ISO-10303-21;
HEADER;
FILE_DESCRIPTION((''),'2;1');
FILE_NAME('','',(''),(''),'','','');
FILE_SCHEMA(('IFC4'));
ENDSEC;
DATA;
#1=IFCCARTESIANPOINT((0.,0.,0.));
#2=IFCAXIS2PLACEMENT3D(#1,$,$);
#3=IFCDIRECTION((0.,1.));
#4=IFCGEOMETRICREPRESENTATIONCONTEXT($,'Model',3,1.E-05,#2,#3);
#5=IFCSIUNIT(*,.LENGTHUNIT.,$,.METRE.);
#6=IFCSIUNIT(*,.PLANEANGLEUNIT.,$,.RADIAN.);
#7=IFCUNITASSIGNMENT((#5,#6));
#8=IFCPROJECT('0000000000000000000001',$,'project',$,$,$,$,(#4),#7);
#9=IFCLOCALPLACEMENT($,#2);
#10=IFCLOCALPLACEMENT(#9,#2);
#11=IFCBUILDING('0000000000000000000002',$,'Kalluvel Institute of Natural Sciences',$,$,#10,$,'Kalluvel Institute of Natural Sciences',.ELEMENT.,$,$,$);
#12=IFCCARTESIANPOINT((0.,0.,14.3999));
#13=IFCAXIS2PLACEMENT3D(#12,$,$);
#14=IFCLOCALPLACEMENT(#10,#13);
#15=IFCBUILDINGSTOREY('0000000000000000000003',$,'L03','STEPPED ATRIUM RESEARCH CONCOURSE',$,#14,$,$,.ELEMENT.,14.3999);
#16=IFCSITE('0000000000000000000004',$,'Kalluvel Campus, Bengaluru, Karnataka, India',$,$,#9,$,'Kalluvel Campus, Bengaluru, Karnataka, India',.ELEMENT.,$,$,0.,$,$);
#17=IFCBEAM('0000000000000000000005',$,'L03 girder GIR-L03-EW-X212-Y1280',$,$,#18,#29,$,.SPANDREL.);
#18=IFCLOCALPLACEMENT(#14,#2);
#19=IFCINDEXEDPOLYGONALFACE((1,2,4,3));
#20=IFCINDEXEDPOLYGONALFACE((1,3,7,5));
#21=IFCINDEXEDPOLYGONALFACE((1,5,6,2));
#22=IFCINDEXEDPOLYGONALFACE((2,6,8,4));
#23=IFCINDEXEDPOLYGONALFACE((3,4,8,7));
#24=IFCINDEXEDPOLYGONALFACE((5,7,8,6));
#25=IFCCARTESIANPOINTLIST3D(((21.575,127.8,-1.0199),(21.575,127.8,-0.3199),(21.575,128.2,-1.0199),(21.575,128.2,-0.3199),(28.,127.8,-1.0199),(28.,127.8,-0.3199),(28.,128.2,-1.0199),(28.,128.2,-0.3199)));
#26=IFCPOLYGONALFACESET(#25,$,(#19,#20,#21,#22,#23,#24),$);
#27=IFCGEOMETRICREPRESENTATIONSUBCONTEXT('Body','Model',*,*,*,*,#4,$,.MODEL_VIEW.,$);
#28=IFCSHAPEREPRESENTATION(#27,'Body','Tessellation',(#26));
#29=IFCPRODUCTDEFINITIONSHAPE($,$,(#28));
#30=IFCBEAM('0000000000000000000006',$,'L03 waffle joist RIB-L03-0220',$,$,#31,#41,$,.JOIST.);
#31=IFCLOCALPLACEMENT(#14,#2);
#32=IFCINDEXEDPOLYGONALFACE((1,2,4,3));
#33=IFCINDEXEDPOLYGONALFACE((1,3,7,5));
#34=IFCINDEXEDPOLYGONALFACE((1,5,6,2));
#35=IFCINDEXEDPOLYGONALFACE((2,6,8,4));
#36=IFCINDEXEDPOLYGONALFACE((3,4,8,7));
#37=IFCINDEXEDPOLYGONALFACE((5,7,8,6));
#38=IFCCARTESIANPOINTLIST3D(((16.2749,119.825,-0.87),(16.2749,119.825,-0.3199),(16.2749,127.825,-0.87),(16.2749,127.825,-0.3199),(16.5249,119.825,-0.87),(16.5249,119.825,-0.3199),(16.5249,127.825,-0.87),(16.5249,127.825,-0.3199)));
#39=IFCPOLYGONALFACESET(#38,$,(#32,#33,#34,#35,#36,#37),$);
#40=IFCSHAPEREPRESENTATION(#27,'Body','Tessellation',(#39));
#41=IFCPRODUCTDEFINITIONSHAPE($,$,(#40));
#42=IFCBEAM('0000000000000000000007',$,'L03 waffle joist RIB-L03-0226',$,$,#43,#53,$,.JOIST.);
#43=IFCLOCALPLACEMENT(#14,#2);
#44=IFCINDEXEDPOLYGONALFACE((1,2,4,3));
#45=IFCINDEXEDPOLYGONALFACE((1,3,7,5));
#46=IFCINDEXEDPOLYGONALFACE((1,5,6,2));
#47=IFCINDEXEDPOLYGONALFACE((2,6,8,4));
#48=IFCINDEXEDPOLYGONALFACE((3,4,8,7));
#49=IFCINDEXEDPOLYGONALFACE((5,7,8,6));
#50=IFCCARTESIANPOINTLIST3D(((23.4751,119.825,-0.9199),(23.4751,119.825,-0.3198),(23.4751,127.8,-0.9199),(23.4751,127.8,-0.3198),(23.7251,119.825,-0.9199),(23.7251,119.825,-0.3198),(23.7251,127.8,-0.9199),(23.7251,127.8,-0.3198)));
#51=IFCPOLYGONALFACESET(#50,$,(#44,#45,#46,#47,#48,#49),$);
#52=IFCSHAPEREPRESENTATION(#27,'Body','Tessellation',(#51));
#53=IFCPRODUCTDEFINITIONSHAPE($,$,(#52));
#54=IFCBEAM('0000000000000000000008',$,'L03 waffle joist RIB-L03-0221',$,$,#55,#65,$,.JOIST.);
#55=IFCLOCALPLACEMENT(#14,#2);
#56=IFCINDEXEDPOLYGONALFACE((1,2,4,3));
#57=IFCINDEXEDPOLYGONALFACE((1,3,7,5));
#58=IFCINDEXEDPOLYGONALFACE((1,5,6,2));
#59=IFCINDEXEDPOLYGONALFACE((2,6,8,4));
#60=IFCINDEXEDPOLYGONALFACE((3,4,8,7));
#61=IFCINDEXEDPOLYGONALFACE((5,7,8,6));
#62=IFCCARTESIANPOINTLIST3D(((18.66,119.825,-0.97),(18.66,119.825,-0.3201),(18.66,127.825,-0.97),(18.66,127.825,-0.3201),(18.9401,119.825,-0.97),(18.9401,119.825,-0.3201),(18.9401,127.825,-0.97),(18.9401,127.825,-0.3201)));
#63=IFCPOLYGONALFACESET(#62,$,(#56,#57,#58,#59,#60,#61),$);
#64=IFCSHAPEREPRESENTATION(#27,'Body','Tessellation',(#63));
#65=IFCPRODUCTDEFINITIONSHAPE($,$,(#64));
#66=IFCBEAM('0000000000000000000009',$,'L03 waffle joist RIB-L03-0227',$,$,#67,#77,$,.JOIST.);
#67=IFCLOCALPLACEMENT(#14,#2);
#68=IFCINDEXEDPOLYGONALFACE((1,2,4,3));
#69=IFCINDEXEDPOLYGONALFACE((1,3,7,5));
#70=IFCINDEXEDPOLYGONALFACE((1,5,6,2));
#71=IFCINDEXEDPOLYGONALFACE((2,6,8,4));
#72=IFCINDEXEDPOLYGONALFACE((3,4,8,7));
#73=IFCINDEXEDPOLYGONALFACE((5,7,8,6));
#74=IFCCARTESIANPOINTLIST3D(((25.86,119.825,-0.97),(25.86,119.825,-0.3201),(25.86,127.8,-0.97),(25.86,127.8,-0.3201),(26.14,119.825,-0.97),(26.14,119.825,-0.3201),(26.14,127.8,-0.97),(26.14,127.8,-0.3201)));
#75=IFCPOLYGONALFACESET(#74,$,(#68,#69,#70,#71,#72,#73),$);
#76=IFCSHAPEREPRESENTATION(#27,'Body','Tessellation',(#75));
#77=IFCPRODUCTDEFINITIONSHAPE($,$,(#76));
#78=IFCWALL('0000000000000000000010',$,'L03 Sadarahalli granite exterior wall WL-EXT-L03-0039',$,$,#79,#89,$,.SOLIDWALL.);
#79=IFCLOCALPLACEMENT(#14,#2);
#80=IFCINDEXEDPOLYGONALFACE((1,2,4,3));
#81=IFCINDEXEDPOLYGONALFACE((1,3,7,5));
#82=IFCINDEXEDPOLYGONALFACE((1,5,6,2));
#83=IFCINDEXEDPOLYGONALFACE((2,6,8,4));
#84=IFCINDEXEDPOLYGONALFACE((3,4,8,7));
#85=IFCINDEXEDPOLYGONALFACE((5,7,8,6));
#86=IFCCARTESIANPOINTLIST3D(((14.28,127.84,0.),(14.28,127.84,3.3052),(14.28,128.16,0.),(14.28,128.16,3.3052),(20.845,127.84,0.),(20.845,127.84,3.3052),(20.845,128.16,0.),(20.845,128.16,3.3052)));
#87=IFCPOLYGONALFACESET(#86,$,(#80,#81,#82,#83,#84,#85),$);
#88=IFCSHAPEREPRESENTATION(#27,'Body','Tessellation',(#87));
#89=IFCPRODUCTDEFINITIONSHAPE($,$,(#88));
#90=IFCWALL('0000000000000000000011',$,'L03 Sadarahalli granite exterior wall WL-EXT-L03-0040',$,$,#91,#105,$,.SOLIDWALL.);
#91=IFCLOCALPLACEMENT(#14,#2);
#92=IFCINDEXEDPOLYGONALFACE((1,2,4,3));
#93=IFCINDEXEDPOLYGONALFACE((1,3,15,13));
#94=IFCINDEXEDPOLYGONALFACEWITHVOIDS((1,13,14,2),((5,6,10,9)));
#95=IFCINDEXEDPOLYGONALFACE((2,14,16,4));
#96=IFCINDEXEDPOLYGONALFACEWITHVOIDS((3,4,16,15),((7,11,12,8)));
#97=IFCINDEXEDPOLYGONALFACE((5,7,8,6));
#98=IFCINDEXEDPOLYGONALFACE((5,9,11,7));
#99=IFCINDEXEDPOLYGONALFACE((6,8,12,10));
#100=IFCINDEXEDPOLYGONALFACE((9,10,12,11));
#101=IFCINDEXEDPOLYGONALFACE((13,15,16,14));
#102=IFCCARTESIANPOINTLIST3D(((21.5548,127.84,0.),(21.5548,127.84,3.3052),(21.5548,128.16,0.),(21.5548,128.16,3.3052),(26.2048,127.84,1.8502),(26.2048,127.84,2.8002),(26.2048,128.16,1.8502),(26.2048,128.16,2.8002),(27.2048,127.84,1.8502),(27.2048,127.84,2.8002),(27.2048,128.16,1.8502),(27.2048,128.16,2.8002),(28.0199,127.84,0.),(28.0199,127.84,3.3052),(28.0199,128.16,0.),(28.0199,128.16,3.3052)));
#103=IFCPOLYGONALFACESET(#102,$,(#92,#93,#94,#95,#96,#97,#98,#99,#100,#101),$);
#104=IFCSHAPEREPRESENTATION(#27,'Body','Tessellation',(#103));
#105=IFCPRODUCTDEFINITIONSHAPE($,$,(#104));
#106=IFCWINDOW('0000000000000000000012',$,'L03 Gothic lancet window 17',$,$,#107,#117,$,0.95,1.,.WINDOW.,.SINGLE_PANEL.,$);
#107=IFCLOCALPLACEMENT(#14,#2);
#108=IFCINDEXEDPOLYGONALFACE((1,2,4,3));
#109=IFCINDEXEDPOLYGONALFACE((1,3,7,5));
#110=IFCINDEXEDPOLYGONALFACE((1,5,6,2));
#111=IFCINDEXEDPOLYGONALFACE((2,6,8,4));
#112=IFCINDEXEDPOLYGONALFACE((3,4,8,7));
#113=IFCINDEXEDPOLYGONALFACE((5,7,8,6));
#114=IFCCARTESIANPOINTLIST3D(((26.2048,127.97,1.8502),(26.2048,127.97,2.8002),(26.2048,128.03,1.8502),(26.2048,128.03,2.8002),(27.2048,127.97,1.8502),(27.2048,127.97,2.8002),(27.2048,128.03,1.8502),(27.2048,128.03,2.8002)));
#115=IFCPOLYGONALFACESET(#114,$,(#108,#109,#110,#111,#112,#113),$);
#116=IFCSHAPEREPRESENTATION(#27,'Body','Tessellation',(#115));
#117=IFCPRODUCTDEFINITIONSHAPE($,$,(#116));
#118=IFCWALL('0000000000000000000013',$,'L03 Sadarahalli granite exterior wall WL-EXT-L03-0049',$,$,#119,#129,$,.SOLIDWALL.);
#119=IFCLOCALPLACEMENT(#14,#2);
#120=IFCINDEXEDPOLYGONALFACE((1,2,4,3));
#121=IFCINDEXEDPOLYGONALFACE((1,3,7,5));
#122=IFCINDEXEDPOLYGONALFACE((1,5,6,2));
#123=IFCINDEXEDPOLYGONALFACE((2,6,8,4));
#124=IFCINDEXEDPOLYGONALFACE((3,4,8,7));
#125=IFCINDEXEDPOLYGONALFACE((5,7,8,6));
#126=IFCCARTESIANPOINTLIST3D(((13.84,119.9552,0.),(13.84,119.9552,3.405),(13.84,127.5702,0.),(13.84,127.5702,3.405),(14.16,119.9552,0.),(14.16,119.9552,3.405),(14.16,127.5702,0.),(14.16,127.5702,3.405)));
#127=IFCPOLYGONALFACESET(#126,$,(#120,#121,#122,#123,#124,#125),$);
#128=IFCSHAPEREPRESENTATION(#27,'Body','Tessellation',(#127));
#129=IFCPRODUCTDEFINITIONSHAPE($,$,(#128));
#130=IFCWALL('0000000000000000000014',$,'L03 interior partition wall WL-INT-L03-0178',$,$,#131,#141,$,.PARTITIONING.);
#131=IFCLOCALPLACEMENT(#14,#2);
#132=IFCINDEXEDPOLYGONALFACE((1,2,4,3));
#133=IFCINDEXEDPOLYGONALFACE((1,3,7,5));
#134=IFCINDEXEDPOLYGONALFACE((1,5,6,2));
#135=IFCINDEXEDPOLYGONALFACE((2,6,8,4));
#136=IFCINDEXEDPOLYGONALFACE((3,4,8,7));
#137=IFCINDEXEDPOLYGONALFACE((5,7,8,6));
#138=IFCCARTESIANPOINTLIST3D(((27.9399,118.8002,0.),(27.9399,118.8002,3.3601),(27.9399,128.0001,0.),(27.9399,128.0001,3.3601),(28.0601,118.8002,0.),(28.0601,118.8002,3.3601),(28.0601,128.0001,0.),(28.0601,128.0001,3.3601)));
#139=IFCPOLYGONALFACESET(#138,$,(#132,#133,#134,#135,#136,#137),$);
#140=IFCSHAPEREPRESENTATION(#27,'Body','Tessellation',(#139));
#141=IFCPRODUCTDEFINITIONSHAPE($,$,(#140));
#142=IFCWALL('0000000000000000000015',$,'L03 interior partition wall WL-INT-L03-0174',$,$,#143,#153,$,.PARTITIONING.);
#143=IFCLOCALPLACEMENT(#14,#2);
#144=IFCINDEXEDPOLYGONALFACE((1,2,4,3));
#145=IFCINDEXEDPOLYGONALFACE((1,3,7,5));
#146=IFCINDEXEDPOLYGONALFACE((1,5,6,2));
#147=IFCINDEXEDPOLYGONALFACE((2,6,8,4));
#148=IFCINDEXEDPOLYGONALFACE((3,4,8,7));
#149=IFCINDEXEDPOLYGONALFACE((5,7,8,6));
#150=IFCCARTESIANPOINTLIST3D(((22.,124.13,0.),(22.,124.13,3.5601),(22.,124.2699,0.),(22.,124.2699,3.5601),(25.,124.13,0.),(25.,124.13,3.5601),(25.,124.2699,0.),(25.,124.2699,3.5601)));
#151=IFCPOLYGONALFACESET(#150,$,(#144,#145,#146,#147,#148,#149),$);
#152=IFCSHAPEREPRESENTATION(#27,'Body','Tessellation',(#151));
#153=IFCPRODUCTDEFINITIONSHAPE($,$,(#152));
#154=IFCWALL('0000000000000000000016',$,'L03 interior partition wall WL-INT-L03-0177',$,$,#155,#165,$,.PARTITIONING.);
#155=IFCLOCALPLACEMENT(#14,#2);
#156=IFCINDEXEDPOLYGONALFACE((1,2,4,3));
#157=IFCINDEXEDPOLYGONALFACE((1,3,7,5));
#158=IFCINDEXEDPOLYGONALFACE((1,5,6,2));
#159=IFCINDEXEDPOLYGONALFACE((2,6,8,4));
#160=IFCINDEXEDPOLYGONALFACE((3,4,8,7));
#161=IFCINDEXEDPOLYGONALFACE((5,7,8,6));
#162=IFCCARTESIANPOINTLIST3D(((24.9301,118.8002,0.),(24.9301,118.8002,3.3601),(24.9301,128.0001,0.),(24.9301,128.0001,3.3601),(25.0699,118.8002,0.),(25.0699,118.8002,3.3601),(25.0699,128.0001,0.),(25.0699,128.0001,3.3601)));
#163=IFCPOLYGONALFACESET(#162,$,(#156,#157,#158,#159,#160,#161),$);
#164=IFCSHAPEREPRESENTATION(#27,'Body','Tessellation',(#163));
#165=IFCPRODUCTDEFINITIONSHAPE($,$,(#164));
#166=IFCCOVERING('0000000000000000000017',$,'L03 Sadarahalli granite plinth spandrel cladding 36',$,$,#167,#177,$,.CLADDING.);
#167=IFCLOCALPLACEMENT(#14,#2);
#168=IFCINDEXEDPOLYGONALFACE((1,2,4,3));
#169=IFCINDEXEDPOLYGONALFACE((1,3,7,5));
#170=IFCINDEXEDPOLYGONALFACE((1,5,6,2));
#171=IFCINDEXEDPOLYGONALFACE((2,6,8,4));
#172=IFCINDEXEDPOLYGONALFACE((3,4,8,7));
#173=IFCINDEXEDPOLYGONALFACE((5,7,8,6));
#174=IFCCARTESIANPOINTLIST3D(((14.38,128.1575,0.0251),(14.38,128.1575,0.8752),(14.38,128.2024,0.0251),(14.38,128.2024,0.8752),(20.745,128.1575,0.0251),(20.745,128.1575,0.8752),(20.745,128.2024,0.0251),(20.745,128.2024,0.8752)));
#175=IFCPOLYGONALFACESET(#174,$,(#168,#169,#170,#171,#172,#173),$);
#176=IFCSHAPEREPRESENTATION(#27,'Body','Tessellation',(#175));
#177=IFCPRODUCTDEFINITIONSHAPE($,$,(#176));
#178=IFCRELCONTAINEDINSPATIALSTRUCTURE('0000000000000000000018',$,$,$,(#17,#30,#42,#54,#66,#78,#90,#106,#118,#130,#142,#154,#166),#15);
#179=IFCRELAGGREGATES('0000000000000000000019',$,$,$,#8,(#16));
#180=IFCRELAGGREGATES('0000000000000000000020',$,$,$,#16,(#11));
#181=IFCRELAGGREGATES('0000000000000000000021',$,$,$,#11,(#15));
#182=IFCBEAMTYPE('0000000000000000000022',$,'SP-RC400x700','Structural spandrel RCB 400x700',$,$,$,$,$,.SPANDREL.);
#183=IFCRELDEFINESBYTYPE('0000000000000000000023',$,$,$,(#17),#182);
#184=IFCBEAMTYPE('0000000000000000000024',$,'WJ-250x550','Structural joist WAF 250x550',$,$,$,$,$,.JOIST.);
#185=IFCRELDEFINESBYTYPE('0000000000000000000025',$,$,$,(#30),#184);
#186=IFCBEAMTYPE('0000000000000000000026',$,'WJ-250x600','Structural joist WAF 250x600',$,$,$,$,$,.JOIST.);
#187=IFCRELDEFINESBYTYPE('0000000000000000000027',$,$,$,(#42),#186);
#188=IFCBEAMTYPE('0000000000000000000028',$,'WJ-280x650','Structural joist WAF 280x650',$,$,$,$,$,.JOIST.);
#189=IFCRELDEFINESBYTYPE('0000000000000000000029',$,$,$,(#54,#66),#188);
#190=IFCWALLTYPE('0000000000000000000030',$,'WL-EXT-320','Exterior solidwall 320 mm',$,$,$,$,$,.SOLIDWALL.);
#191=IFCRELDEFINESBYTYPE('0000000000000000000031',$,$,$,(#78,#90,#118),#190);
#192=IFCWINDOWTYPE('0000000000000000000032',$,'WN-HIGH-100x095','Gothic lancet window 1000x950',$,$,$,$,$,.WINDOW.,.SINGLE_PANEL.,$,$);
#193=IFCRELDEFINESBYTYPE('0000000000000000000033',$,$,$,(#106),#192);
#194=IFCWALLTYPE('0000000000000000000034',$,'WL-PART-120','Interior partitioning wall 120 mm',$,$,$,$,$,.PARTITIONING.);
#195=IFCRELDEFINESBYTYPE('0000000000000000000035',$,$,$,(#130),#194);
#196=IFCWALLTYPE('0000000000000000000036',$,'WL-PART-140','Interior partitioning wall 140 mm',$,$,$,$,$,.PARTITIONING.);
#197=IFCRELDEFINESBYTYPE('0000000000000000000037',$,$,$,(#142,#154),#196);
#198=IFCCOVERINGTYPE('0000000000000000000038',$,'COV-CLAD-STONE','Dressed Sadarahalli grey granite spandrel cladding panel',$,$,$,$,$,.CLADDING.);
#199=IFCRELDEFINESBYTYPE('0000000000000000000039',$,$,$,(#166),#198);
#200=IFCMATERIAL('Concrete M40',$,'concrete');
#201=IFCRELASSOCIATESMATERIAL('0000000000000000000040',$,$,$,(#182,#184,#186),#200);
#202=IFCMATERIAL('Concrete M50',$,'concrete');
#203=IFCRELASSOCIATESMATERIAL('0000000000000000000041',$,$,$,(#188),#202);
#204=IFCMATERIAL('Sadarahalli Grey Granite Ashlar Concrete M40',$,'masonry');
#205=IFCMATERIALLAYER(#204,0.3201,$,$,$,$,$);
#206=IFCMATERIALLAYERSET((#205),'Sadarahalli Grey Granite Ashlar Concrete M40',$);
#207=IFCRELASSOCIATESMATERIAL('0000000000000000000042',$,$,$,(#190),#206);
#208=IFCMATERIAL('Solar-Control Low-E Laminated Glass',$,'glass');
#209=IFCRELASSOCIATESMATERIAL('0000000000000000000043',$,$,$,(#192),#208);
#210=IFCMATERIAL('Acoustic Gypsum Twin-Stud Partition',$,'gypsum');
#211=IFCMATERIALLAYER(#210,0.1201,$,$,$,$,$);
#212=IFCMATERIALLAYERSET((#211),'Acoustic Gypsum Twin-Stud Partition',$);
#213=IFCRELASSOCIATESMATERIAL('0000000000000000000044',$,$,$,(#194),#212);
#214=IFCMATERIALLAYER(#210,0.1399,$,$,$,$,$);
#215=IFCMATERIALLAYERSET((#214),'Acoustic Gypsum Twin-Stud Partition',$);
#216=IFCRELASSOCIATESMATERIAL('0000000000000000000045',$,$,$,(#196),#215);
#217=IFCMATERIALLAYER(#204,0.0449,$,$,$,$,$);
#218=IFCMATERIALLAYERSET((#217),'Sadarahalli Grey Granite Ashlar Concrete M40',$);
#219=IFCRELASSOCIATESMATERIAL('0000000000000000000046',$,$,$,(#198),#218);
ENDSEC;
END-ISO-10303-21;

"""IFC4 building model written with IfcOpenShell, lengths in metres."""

from ifc_helpers import new_model, si_unit, direction, frame, frame_2d, origin, origin_2d, place, context, subcontext, project, spatial, rectangle, extrude, material, layer, layer_set, material_profile, profile_set, type_object, element, fill, save


model = new_model("IFC4")

# Units and contexts
model_context = context("Model", 3, precision=1e-05, world=origin(), true_north=direction((0.0, 1.0)))
body_context = subcontext(model_context, "Body", "Model", "MODEL_VIEW")
ifc_project = project(units=[si_unit("LENGTHUNIT", "METRE"), si_unit("PLANEANGLEUNIT", "RADIAN")], contexts=[model_context])

# Site, building, storey
site_placement = place(None, origin())
site = spatial("IfcSite", under=ifc_project, at=site_placement, Name="Kalluvel Campus, Bengaluru, Karnataka, India", LongName="Kalluvel Campus, Bengaluru, Karnataka, India", CompositionType="ELEMENT", RefElevation=0.0)
building_placement = place(site_placement, origin())
building = spatial("IfcBuilding", under=site, at=building_placement, Name="Kalluvel Institute of Natural Sciences", LongName="Kalluvel Institute of Natural Sciences", CompositionType="ELEMENT")
storey_placement = place(building_placement, frame((0.0, 0.0, 14.3999)))
storey = spatial("IfcBuildingStorey", under=building, at=storey_placement, Name="L03", Description="STEPPED ATRIUM RESEARCH CONCOURSE", CompositionType="ELEMENT", Elevation=14.3999)

# Shared definitions
ifc_material_1 = material(Name="Concrete M50", Category="concrete")

# Beams
ifc_material_2 = material(Name="Concrete M40", Category="concrete")
ifc_material_profile_1 = material_profile(ifc_material_2, rectangle(XDim=0.3999, YDim=0.7, at=origin_2d()), Name="RCB 400x700")
ifc_profile_set_1 = profile_set([ifc_material_profile_1], Name="Concrete M40")
beam_type_1 = type_object("IfcBeamType", Name="SP-RC400x700", Description="Structural spandrel RCB 400x700", PredefinedType="SPANDREL", material=ifc_profile_set_1)
beam_1_placement = place(storey_placement, frame((21.575, 128.0, -0.6699), z_axis=(1.0, 0.0, 0.0), x_axis=(0.0, 1.0, 0.0)))
element("IfcBeam", 1, at=beam_1_placement, inside=storey, type_object=beam_type_1, Name="L03 girder GIR-L03-EW-X212-Y1280", PredefinedType="SPANDREL", context=body_context, shape_type="SweptSolid", body=[
    extrude(rectangle(XDim=0.3999, YDim=0.7, at=origin_2d()), origin(), (0.0, 0.0, 1.0), 6.425),
])
ifc_material_profile_2 = material_profile(ifc_material_2, rectangle(XDim=0.25, YDim=0.55, at=origin_2d()), Name="WAF 250x550")
ifc_profile_set_2 = profile_set([ifc_material_profile_2], Name="Concrete M40")
beam_type_2 = type_object("IfcBeamType", Name="WJ-250x550", Description="Structural joist WAF 250x550", PredefinedType="JOIST", material=ifc_profile_set_2)
beam_2_placement = place(storey_placement, frame((16.3999, 119.825, -0.595), z_axis=(0.0, 1.0, 0.0), x_axis=(-1.0, 0.0, 0.0)))
element("IfcBeam", 2, at=beam_2_placement, inside=storey, type_object=beam_type_2, Name="L03 waffle joist RIB-L03-0220", PredefinedType="JOIST", context=body_context, shape_type="SweptSolid", body=[
    extrude(rectangle(XDim=0.25, YDim=0.55, at=origin_2d()), origin(), (0.0, 0.0, 1.0), 8.0),
])
ifc_material_profile_3 = material_profile(ifc_material_2, rectangle(XDim=0.25, YDim=0.6001, at=origin_2d()), Name="WAF 250x600")
ifc_profile_set_3 = profile_set([ifc_material_profile_3], Name="Concrete M40")
beam_type_3 = type_object("IfcBeamType", Name="WJ-250x600", Description="Structural joist WAF 250x600", PredefinedType="JOIST", material=ifc_profile_set_3)
beam_3_placement = place(storey_placement, frame((23.6001, 119.825, -0.6199), z_axis=(0.0, 1.0, 0.0), x_axis=(-1.0, 0.0, 0.0)))
element("IfcBeam", 3, at=beam_3_placement, inside=storey, type_object=beam_type_3, Name="L03 waffle joist RIB-L03-0226", PredefinedType="JOIST", context=body_context, shape_type="SweptSolid", body=[
    extrude(rectangle(XDim=0.25, YDim=0.6001, at=origin_2d()), origin(), (0.0, 0.0, 1.0), 7.9751),
])
ifc_material_profile_4 = material_profile(ifc_material_1, rectangle(XDim=0.28, YDim=0.6499, at=origin_2d()), Name="WAF 280x650")
ifc_profile_set_4 = profile_set([ifc_material_profile_4], Name="Concrete M50")
beam_type_4 = type_object("IfcBeamType", Name="WJ-280x650", Description="Structural joist WAF 280x650", PredefinedType="JOIST", material=ifc_profile_set_4)
beam_4_placement = place(storey_placement, frame((18.8, 119.825, -0.645), z_axis=(0.0, 1.0, 0.0), x_axis=(-1.0, 0.0, 0.0)))
element("IfcBeam", 4, at=beam_4_placement, inside=storey, type_object=beam_type_4, Name="L03 waffle joist RIB-L03-0221", PredefinedType="JOIST", context=body_context, shape_type="SweptSolid", body=[
    extrude(rectangle(XDim=0.28, YDim=0.6499, at=origin_2d()), origin(), (0.0, 0.0, 1.0), 8.0),
])
beam_5_placement = place(storey_placement, frame((26.0, 119.825, -0.645), z_axis=(0.0, 1.0, 0.0), x_axis=(-1.0, 0.0, 0.0)))
element("IfcBeam", 5, at=beam_5_placement, inside=storey, type_object=beam_type_4, Name="L03 waffle joist RIB-L03-0227", PredefinedType="JOIST", context=body_context, shape_type="SweptSolid", body=[
    extrude(rectangle(XDim=0.28, YDim=0.6499, at=origin_2d()), origin(), (0.0, 0.0, 1.0), 7.9751),
])

# Wall
ifc_material_3 = material(Name="Sadarahalli Grey Granite Ashlar Concrete M40", Category="masonry")
ifc_layer_1 = layer(ifc_material_3, 0.3201)
ifc_layer_set_1 = layer_set([ifc_layer_1], Name="Sadarahalli Grey Granite Ashlar Concrete M40")
wall_type_1 = type_object("IfcWallType", Name="WL-EXT-320", Description="Exterior solidwall 320 mm", PredefinedType="SOLIDWALL", material=ifc_layer_set_1)
wall_1_placement = place(storey_placement, frame((14.28, 128.0, 0.0), z_axis=(0.0, 0.0, 1.0), x_axis=(1.0, 0.0, 0.0)))
element("IfcWall", 6, at=wall_1_placement, inside=storey, type_object=wall_type_1, Name="L03 Sadarahalli granite exterior wall WL-EXT-L03-0039", PredefinedType="SOLIDWALL", context=body_context, shape_type="SweptSolid", body=[
    extrude(rectangle(XDim=6.5649, YDim=0.3201, at=frame_2d((3.2825, 0.0))), origin(), (0.0, 0.0, 1.0), 3.3052),
])

# Wall, opening, window
wall_2_placement = place(storey_placement, frame((21.5549, 128.0, 0.0), z_axis=(0.0, 0.0, 1.0), x_axis=(1.0, 0.0, 0.0)))
wall_2 = element("IfcWall", 7, at=wall_2_placement, inside=storey, type_object=wall_type_1, Name="L03 Sadarahalli granite exterior wall WL-EXT-L03-0040", PredefinedType="SOLIDWALL", context=body_context, shape_type="SweptSolid", body=[
    extrude(rectangle(XDim=6.4651, YDim=0.3201, at=frame_2d((3.2324, 0.0))), origin(), (0.0, 0.0, 1.0), 3.3052),
])
opening_placement = place(wall_2_placement, frame((4.6499, 0.0, 1.8501)))
opening = element("IfcOpeningElement", 8, at=opening_placement, cuts=wall_2, PredefinedType="OPENING", context=body_context, shape_type="SweptSolid", body=[
    extrude(rectangle(XDim=1.0, YDim=0.95, at=frame_2d((0.5, 0.4751))), frame((0.0, 0.1699, 0.0), z_axis=(0.0, -1.0, 0.0), x_axis=(1.0, 0.0, 0.0)), (0.0, 0.0, 1.0), 0.3401),
])
ifc_material_4 = material(Name="Solar-Control Low-E Laminated Glass", Category="glass")
window_type = type_object("IfcWindowType", Name="WN-HIGH-100x095", Description="Gothic lancet window 1000x950", PartitioningType="SINGLE_PANEL", PredefinedType="WINDOW", material=ifc_material_4)
window_placement = place(opening_placement, origin())
window = element("IfcWindow", 9, at=window_placement, inside=storey, type_object=window_type, Name="L03 Gothic lancet window 17", OverallHeight=0.95, OverallWidth=1.0, PartitioningType="SINGLE_PANEL", PredefinedType="WINDOW", context=body_context, shape_type="SweptSolid", body=[
    extrude(rectangle(XDim=1.0, YDim=0.95, at=frame_2d((0.5, 0.4751))), frame((0.0, 0.03, 0.0), z_axis=(0.0, -1.0, 0.0), x_axis=(1.0, 0.0, 0.0)), (0.0, 0.0, 1.0), 0.0601),
])
fill(opening, window)

# Walls
wall_3_placement = place(storey_placement, frame((14.0, 119.9551, 0.0), z_axis=(0.0, 0.0, 1.0), x_axis=(0.0, 1.0, 0.0)))
element("IfcWall", 10, at=wall_3_placement, inside=storey, type_object=wall_type_1, Name="L03 Sadarahalli granite exterior wall WL-EXT-L03-0049", PredefinedType="SOLIDWALL", context=body_context, shape_type="SweptSolid", body=[
    extrude(rectangle(XDim=7.615, YDim=0.3201, at=frame_2d((3.8076, 0.0))), origin(), (0.0, 0.0, 1.0), 3.405),
])
ifc_material_5 = material(Name="Acoustic Gypsum Twin-Stud Partition", Category="gypsum")
ifc_layer_2 = layer(ifc_material_5, 0.1201)
ifc_layer_set_2 = layer_set([ifc_layer_2], Name="Acoustic Gypsum Twin-Stud Partition")
wall_type_2 = type_object("IfcWallType", Name="WL-PART-120", Description="Interior partitioning wall 120 mm", PredefinedType="PARTITIONING", material=ifc_layer_set_2)
wall_4_placement = place(storey_placement, frame((28.0, 118.8, 0.0), z_axis=(0.0, 0.0, 1.0), x_axis=(0.0, 1.0, 0.0)))
element("IfcWall", 11, at=wall_4_placement, inside=storey, type_object=wall_type_2, Name="L03 interior partition wall WL-INT-L03-0178", PredefinedType="PARTITIONING", context=body_context, shape_type="SweptSolid", body=[
    extrude(rectangle(XDim=9.2, YDim=0.1201, at=frame_2d((4.6001, 0.0))), origin(), (0.0, 0.0, 1.0), 3.3601),
])
ifc_layer_3 = layer(ifc_material_5, 0.1399)
ifc_layer_set_3 = layer_set([ifc_layer_3], Name="Acoustic Gypsum Twin-Stud Partition")
wall_type_3 = type_object("IfcWallType", Name="WL-PART-140", Description="Interior partitioning wall 140 mm", PredefinedType="PARTITIONING", material=ifc_layer_set_3)
wall_5_placement = place(storey_placement, frame((22.0, 124.2, 0.0), z_axis=(0.0, 0.0, 1.0), x_axis=(1.0, 0.0, 0.0)))
element("IfcWall", 12, at=wall_5_placement, inside=storey, type_object=wall_type_3, Name="L03 interior partition wall WL-INT-L03-0174", PredefinedType="PARTITIONING", context=body_context, shape_type="SweptSolid", body=[
    extrude(rectangle(XDim=3.0, YDim=0.1399, at=frame_2d((1.5, 0.0))), origin(), (0.0, 0.0, 1.0), 3.5601),
])
wall_6_placement = place(storey_placement, frame((25.0, 118.8, 0.0), z_axis=(0.0, 0.0, 1.0), x_axis=(0.0, 1.0, 0.0)))
element("IfcWall", 13, at=wall_6_placement, inside=storey, type_object=wall_type_3, Name="L03 interior partition wall WL-INT-L03-0177", PredefinedType="PARTITIONING", context=body_context, shape_type="SweptSolid", body=[
    extrude(rectangle(XDim=9.2, YDim=0.1399, at=frame_2d((4.6001, 0.0))), origin(), (0.0, 0.0, 1.0), 3.3601),
])

# Covering
ifc_layer_4 = layer(ifc_material_3, 0.0449)
ifc_layer_set_4 = layer_set([ifc_layer_4], Name="Sadarahalli Grey Granite Ashlar Concrete M40")
covering_type = type_object("IfcCoveringType", Name="COV-CLAD-STONE", Description="Dressed Sadarahalli grey granite spandrel cladding panel", PredefinedType="CLADDING", material=ifc_layer_set_4)
covering_1_placement = place(storey_placement, frame((17.5625, 128.1799, 0.0251), z_axis=(0.0, 0.0, 1.0), x_axis=(1.0, 0.0, 0.0)))
element("IfcCovering", 14, at=covering_1_placement, inside=storey, type_object=covering_type, Name="L03 Sadarahalli granite plinth spandrel cladding 36", PredefinedType="CLADDING", context=body_context, shape_type="SweptSolid", body=[
    extrude(rectangle(XDim=6.365, YDim=0.0449, at=origin_2d()), origin(), (0.0, 0.0, 1.0), 0.8501),
])

save(model, "model.ifc")
